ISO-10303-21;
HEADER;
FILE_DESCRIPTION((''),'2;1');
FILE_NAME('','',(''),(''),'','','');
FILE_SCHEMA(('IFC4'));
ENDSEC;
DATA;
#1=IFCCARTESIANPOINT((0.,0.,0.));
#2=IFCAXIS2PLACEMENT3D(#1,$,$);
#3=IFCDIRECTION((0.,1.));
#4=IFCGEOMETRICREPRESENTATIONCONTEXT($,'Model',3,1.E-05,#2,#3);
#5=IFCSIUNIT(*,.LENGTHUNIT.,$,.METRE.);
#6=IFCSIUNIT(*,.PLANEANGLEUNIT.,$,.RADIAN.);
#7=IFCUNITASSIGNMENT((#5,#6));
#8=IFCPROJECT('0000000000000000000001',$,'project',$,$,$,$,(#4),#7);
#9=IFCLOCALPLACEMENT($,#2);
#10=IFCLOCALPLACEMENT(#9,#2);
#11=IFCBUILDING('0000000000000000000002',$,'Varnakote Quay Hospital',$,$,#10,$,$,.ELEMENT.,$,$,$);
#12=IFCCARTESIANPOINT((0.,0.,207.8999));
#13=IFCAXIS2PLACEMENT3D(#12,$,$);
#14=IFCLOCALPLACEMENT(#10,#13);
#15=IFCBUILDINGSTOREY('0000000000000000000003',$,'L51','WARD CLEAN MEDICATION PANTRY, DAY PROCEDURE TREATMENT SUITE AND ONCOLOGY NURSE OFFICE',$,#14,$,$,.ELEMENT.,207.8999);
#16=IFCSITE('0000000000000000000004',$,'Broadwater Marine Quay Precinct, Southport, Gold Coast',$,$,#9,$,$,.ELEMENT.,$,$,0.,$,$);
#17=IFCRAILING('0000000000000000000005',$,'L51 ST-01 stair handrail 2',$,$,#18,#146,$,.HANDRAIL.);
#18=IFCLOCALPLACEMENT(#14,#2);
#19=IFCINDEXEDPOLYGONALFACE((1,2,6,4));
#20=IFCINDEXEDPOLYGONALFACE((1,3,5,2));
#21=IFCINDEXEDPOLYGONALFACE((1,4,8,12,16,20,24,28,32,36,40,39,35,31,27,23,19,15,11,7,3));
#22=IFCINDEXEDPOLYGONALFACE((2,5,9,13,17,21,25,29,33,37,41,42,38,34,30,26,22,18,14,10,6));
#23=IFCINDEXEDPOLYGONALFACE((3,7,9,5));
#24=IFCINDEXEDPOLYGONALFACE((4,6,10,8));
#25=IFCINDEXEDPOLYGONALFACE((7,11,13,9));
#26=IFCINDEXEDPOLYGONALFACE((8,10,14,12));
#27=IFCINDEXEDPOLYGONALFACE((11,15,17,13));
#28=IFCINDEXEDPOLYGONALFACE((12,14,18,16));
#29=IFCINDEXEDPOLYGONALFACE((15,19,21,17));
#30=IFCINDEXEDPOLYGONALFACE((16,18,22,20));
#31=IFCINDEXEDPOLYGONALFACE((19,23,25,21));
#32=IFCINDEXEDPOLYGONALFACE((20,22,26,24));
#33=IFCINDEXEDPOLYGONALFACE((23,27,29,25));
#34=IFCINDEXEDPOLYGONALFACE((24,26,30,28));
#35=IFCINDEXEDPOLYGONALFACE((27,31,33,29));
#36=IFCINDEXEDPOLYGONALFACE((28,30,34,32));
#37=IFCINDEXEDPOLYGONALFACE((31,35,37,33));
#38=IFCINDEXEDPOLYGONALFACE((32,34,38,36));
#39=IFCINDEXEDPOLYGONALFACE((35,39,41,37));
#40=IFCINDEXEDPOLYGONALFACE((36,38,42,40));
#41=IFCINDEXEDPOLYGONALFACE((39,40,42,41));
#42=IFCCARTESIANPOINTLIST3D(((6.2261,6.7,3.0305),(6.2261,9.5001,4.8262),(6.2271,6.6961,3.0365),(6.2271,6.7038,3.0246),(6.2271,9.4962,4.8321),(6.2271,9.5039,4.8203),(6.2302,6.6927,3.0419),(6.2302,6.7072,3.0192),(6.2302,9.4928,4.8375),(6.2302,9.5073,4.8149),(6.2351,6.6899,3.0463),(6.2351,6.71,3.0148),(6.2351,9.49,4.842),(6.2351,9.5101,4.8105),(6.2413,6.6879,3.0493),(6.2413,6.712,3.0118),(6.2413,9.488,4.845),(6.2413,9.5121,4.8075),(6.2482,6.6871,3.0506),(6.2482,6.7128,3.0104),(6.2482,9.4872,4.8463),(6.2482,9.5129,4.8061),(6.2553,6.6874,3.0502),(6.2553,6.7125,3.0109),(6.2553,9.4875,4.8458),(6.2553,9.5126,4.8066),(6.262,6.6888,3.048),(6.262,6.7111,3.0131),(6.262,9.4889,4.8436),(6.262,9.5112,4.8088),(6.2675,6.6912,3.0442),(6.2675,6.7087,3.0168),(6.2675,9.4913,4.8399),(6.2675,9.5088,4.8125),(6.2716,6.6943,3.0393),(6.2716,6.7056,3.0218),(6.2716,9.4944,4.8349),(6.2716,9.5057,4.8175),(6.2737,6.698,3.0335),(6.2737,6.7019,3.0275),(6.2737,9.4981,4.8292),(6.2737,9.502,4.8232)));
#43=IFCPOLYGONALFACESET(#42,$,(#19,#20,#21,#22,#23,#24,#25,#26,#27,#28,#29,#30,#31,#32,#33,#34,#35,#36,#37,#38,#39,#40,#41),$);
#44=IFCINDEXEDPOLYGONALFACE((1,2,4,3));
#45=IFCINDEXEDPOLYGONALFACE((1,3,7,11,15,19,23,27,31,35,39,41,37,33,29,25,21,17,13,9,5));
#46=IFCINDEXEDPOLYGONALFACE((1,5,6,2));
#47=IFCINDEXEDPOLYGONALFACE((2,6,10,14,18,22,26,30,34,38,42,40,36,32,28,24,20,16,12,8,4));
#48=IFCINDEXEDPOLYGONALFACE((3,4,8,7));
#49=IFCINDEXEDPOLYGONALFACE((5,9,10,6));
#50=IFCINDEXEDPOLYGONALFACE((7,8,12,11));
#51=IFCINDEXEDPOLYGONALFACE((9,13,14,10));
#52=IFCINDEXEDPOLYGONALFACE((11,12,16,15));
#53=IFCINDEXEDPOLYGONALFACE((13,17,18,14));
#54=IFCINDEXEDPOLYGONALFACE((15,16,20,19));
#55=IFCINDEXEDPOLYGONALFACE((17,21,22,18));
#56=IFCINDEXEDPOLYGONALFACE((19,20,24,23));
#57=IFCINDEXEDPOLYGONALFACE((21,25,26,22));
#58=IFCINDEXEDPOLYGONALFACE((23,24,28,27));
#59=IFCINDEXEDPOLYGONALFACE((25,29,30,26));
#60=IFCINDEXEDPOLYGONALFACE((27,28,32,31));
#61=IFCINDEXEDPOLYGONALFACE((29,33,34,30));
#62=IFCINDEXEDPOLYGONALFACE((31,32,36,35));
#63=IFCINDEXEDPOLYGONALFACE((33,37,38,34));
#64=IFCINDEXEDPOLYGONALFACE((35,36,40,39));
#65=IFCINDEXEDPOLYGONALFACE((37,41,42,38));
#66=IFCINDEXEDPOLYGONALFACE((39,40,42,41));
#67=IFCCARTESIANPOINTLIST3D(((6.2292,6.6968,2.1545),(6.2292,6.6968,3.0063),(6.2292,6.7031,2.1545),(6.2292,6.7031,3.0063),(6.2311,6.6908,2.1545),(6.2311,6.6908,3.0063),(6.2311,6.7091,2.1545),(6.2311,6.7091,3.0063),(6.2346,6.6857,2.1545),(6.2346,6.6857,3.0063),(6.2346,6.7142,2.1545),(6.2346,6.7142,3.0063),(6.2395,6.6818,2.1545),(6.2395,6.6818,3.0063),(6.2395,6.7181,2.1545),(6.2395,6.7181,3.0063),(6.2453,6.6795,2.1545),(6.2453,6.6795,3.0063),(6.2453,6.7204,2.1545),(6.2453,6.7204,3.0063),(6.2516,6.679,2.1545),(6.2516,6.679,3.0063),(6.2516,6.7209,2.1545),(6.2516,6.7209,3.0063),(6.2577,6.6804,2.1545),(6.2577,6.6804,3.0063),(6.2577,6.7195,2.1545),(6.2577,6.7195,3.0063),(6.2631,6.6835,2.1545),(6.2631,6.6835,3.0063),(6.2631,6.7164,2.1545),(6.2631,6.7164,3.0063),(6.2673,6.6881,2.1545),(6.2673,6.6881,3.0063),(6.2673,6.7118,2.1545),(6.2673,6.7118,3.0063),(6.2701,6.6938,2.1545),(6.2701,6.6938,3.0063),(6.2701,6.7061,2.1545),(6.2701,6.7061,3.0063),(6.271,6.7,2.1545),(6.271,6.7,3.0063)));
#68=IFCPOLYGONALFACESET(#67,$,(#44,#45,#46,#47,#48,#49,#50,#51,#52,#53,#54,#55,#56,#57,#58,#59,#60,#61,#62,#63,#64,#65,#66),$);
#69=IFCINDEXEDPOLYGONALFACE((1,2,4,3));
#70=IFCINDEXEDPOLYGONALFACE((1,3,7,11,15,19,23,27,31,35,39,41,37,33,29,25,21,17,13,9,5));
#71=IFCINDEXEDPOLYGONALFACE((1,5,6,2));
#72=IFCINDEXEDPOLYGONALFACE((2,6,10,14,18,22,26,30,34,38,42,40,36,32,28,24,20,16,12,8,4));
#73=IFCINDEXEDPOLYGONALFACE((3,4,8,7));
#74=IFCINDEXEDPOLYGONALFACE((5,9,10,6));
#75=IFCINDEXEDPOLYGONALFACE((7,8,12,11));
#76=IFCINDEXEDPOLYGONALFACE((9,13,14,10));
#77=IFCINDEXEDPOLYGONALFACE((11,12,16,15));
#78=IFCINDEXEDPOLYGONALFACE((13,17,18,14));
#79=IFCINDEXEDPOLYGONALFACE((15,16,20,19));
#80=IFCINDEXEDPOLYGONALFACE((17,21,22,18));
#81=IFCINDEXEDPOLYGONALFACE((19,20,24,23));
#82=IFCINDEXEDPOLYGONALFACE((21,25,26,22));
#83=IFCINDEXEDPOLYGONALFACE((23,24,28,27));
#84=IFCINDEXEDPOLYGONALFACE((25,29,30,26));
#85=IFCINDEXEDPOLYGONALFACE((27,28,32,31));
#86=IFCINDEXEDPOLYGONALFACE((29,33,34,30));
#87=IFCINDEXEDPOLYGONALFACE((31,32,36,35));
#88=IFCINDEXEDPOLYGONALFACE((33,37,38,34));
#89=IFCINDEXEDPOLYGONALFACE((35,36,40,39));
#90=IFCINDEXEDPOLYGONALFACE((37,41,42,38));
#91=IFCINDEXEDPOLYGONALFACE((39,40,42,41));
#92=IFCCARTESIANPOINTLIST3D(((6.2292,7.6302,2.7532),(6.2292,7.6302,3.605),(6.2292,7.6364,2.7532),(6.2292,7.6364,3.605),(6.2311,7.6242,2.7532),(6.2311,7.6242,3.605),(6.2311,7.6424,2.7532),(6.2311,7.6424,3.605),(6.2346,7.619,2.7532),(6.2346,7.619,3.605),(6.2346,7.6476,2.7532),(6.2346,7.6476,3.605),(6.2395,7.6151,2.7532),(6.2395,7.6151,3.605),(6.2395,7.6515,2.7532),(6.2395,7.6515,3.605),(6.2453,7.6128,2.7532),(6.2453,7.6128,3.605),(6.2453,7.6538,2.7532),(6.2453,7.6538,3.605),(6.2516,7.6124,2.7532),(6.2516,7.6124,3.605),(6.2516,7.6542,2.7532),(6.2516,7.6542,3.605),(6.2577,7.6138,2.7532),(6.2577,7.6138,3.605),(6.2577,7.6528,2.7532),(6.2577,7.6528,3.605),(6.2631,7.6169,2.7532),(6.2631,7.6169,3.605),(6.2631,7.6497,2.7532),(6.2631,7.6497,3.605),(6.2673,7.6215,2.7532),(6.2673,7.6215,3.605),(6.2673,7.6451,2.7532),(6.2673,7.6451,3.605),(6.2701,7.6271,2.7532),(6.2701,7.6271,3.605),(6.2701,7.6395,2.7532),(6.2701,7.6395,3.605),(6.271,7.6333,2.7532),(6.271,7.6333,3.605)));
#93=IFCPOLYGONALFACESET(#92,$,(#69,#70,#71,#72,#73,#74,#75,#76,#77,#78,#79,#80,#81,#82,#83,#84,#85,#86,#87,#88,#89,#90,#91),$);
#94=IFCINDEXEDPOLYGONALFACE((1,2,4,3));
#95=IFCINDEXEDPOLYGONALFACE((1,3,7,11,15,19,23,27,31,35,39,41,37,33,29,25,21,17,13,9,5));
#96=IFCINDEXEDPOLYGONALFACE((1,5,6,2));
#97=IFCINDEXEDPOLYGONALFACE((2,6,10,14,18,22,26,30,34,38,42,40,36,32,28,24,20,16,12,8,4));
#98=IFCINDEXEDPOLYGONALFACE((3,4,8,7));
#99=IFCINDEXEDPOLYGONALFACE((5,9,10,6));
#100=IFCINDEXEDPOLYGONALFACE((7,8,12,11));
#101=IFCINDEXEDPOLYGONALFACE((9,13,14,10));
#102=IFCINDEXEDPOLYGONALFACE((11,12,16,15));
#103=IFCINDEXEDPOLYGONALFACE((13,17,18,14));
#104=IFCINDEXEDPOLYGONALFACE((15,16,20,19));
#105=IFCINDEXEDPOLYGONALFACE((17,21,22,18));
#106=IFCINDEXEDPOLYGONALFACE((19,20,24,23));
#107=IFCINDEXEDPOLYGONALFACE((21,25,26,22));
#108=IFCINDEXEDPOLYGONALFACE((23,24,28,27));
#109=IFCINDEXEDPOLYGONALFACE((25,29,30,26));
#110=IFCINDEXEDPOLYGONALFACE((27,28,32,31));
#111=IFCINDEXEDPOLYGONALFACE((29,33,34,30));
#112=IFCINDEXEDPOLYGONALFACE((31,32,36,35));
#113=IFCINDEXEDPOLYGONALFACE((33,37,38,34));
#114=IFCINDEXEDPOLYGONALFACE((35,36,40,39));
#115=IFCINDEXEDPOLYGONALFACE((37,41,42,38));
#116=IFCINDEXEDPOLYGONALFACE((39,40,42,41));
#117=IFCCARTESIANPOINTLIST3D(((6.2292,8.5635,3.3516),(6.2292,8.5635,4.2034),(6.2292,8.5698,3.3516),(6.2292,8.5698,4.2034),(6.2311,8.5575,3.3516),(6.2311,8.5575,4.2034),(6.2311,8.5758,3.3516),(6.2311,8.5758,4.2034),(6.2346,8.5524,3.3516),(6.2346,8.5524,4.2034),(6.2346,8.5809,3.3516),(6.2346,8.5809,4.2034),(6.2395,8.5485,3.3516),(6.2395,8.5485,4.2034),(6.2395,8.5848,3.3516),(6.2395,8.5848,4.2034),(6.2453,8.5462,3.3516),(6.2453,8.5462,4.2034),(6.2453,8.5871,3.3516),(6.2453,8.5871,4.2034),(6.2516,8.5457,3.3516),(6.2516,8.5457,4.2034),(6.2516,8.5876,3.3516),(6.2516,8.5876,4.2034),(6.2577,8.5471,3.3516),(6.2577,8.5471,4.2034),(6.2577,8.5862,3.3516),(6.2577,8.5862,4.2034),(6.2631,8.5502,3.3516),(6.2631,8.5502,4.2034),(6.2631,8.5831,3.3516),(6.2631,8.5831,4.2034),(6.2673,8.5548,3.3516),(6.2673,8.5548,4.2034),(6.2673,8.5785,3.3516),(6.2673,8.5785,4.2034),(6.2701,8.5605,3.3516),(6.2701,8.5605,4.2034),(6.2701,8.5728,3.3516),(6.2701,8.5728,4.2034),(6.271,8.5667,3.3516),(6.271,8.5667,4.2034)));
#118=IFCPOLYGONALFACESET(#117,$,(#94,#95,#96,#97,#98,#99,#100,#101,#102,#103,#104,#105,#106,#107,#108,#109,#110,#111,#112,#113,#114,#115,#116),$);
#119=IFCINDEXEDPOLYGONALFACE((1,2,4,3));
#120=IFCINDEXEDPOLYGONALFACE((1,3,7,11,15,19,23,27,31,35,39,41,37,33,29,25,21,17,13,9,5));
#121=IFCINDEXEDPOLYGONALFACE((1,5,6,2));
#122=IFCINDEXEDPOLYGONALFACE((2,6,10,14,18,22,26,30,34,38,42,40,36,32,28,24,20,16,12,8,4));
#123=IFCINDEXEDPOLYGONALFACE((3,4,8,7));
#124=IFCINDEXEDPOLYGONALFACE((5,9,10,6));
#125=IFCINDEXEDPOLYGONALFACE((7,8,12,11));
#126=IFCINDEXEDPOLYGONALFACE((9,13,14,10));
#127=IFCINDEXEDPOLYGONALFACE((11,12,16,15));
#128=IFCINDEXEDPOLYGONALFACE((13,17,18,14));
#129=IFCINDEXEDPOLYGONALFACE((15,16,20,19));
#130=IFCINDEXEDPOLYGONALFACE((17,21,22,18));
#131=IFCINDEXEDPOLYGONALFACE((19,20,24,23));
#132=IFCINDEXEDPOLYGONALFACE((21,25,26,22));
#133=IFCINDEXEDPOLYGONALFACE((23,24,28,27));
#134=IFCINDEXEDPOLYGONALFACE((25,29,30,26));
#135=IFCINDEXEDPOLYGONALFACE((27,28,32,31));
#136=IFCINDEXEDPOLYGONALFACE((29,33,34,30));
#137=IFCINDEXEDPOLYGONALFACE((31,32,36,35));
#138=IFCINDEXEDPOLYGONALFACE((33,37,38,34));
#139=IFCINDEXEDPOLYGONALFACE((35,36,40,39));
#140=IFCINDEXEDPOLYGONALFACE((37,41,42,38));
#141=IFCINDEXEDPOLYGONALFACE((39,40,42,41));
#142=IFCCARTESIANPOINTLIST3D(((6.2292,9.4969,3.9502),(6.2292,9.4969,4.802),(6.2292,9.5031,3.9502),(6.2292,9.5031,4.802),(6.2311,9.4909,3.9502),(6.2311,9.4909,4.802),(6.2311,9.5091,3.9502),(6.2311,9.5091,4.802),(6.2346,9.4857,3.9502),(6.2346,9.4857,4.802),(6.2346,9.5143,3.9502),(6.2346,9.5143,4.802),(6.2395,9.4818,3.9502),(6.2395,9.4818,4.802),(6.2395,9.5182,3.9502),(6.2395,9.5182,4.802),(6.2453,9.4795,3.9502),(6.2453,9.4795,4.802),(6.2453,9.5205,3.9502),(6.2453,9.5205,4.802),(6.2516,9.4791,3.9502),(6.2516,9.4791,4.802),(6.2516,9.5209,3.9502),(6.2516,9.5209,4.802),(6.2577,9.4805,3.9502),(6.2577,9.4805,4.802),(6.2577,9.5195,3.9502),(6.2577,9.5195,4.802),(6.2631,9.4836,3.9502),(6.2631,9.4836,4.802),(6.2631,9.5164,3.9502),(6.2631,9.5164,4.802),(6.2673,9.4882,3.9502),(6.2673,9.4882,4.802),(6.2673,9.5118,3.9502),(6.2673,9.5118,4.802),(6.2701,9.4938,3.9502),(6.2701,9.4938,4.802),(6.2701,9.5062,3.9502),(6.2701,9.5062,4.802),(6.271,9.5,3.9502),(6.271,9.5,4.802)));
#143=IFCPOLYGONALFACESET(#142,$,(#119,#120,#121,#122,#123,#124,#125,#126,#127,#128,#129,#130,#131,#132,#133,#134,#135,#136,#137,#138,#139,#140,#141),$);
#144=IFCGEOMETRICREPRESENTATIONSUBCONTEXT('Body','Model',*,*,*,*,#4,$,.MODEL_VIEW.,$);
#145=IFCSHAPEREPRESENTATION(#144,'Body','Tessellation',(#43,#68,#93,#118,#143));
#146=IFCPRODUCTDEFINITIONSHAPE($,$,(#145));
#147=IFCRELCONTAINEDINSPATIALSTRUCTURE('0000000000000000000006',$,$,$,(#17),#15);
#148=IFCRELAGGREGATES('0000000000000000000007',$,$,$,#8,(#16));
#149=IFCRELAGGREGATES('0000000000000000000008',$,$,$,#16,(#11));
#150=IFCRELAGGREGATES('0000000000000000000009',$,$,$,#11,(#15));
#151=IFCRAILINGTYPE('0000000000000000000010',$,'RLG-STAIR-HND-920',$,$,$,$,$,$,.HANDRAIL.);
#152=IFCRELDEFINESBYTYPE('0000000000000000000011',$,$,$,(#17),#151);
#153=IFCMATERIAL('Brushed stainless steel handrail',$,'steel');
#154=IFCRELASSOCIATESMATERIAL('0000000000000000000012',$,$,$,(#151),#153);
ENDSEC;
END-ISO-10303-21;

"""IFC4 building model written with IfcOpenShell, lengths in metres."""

from ifc_helpers import new_model, si_unit, direction, frame, origin, origin_2d, place, context, subcontext, project, spatial, circle, extrude, material, type_object, element, save


model = new_model("IFC4")

# Units and contexts
model_context = context("Model", 3, precision=1e-05, world=origin(), true_north=direction((0.0, 1.0)))
body_context = subcontext(model_context, "Body", "Model", "MODEL_VIEW")
ifc_project = project(units=[si_unit("LENGTHUNIT", "METRE"), si_unit("PLANEANGLEUNIT", "RADIAN")], contexts=[model_context])

# Site, building, storey
site_placement = place(None, origin())
site = spatial("IfcSite", under=ifc_project, at=site_placement, Name="Broadwater Marine Quay Precinct, Southport, Gold Coast", CompositionType="ELEMENT", RefElevation=0.0)
building_placement = place(site_placement, origin())
building = spatial("IfcBuilding", under=site, at=building_placement, Name="Varnakote Quay Hospital", CompositionType="ELEMENT")
storey_placement = place(building_placement, frame((0.0, 0.0, 207.8999)))
storey = spatial("IfcBuildingStorey", under=building, at=storey_placement, Name="L51", Description="WARD CLEAN MEDICATION PANTRY, DAY PROCEDURE TREATMENT SUITE AND ONCOLOGY NURSE OFFICE", CompositionType="ELEMENT", Elevation=207.8999)

# Railing
ifc_material_1 = material(Name="Brushed stainless steel handrail", Category="steel")
railing_type_1 = type_object("IfcRailingType", Name="RLG-STAIR-HND-920", PredefinedType="HANDRAIL", material=ifc_material_1)
railing_1_placement = place(storey_placement, frame((6.25, 6.7, 2.1545)))
element("IfcRailing", 1, at=railing_1_placement, inside=storey, type_object=railing_type_1, Name="L51 ST-01 stair handrail 2", PredefinedType="HANDRAIL", context=body_context, shape_type="SweptSolid", body=[
    extrude(circle(Radius=0.0239, at=origin_2d()), frame((0.0, 0.0, 0.876), z_axis=(0.0, 0.841777, 0.539826), x_axis=(-1.0, 0.0, 0.0)), (0.0, 0.0, 1.0), 3.3264),
    extrude(circle(Radius=0.021, at=origin_2d()), origin(), (0.0, 0.0, 1.0), 0.8518),
    extrude(circle(Radius=0.021, at=origin_2d()), frame((0.0, 0.9333, 0.5986)), (0.0, 0.0, 1.0), 0.8518),
    extrude(circle(Radius=0.021, at=origin_2d()), frame((0.0, 1.8667, 1.197)), (0.0, 0.0, 1.0), 0.8518),
    extrude(circle(Radius=0.021, at=origin_2d()), frame((0.0, 2.8, 1.7957)), (0.0, 0.0, 1.0), 0.8518),
])

save(model, "model.ifc")
